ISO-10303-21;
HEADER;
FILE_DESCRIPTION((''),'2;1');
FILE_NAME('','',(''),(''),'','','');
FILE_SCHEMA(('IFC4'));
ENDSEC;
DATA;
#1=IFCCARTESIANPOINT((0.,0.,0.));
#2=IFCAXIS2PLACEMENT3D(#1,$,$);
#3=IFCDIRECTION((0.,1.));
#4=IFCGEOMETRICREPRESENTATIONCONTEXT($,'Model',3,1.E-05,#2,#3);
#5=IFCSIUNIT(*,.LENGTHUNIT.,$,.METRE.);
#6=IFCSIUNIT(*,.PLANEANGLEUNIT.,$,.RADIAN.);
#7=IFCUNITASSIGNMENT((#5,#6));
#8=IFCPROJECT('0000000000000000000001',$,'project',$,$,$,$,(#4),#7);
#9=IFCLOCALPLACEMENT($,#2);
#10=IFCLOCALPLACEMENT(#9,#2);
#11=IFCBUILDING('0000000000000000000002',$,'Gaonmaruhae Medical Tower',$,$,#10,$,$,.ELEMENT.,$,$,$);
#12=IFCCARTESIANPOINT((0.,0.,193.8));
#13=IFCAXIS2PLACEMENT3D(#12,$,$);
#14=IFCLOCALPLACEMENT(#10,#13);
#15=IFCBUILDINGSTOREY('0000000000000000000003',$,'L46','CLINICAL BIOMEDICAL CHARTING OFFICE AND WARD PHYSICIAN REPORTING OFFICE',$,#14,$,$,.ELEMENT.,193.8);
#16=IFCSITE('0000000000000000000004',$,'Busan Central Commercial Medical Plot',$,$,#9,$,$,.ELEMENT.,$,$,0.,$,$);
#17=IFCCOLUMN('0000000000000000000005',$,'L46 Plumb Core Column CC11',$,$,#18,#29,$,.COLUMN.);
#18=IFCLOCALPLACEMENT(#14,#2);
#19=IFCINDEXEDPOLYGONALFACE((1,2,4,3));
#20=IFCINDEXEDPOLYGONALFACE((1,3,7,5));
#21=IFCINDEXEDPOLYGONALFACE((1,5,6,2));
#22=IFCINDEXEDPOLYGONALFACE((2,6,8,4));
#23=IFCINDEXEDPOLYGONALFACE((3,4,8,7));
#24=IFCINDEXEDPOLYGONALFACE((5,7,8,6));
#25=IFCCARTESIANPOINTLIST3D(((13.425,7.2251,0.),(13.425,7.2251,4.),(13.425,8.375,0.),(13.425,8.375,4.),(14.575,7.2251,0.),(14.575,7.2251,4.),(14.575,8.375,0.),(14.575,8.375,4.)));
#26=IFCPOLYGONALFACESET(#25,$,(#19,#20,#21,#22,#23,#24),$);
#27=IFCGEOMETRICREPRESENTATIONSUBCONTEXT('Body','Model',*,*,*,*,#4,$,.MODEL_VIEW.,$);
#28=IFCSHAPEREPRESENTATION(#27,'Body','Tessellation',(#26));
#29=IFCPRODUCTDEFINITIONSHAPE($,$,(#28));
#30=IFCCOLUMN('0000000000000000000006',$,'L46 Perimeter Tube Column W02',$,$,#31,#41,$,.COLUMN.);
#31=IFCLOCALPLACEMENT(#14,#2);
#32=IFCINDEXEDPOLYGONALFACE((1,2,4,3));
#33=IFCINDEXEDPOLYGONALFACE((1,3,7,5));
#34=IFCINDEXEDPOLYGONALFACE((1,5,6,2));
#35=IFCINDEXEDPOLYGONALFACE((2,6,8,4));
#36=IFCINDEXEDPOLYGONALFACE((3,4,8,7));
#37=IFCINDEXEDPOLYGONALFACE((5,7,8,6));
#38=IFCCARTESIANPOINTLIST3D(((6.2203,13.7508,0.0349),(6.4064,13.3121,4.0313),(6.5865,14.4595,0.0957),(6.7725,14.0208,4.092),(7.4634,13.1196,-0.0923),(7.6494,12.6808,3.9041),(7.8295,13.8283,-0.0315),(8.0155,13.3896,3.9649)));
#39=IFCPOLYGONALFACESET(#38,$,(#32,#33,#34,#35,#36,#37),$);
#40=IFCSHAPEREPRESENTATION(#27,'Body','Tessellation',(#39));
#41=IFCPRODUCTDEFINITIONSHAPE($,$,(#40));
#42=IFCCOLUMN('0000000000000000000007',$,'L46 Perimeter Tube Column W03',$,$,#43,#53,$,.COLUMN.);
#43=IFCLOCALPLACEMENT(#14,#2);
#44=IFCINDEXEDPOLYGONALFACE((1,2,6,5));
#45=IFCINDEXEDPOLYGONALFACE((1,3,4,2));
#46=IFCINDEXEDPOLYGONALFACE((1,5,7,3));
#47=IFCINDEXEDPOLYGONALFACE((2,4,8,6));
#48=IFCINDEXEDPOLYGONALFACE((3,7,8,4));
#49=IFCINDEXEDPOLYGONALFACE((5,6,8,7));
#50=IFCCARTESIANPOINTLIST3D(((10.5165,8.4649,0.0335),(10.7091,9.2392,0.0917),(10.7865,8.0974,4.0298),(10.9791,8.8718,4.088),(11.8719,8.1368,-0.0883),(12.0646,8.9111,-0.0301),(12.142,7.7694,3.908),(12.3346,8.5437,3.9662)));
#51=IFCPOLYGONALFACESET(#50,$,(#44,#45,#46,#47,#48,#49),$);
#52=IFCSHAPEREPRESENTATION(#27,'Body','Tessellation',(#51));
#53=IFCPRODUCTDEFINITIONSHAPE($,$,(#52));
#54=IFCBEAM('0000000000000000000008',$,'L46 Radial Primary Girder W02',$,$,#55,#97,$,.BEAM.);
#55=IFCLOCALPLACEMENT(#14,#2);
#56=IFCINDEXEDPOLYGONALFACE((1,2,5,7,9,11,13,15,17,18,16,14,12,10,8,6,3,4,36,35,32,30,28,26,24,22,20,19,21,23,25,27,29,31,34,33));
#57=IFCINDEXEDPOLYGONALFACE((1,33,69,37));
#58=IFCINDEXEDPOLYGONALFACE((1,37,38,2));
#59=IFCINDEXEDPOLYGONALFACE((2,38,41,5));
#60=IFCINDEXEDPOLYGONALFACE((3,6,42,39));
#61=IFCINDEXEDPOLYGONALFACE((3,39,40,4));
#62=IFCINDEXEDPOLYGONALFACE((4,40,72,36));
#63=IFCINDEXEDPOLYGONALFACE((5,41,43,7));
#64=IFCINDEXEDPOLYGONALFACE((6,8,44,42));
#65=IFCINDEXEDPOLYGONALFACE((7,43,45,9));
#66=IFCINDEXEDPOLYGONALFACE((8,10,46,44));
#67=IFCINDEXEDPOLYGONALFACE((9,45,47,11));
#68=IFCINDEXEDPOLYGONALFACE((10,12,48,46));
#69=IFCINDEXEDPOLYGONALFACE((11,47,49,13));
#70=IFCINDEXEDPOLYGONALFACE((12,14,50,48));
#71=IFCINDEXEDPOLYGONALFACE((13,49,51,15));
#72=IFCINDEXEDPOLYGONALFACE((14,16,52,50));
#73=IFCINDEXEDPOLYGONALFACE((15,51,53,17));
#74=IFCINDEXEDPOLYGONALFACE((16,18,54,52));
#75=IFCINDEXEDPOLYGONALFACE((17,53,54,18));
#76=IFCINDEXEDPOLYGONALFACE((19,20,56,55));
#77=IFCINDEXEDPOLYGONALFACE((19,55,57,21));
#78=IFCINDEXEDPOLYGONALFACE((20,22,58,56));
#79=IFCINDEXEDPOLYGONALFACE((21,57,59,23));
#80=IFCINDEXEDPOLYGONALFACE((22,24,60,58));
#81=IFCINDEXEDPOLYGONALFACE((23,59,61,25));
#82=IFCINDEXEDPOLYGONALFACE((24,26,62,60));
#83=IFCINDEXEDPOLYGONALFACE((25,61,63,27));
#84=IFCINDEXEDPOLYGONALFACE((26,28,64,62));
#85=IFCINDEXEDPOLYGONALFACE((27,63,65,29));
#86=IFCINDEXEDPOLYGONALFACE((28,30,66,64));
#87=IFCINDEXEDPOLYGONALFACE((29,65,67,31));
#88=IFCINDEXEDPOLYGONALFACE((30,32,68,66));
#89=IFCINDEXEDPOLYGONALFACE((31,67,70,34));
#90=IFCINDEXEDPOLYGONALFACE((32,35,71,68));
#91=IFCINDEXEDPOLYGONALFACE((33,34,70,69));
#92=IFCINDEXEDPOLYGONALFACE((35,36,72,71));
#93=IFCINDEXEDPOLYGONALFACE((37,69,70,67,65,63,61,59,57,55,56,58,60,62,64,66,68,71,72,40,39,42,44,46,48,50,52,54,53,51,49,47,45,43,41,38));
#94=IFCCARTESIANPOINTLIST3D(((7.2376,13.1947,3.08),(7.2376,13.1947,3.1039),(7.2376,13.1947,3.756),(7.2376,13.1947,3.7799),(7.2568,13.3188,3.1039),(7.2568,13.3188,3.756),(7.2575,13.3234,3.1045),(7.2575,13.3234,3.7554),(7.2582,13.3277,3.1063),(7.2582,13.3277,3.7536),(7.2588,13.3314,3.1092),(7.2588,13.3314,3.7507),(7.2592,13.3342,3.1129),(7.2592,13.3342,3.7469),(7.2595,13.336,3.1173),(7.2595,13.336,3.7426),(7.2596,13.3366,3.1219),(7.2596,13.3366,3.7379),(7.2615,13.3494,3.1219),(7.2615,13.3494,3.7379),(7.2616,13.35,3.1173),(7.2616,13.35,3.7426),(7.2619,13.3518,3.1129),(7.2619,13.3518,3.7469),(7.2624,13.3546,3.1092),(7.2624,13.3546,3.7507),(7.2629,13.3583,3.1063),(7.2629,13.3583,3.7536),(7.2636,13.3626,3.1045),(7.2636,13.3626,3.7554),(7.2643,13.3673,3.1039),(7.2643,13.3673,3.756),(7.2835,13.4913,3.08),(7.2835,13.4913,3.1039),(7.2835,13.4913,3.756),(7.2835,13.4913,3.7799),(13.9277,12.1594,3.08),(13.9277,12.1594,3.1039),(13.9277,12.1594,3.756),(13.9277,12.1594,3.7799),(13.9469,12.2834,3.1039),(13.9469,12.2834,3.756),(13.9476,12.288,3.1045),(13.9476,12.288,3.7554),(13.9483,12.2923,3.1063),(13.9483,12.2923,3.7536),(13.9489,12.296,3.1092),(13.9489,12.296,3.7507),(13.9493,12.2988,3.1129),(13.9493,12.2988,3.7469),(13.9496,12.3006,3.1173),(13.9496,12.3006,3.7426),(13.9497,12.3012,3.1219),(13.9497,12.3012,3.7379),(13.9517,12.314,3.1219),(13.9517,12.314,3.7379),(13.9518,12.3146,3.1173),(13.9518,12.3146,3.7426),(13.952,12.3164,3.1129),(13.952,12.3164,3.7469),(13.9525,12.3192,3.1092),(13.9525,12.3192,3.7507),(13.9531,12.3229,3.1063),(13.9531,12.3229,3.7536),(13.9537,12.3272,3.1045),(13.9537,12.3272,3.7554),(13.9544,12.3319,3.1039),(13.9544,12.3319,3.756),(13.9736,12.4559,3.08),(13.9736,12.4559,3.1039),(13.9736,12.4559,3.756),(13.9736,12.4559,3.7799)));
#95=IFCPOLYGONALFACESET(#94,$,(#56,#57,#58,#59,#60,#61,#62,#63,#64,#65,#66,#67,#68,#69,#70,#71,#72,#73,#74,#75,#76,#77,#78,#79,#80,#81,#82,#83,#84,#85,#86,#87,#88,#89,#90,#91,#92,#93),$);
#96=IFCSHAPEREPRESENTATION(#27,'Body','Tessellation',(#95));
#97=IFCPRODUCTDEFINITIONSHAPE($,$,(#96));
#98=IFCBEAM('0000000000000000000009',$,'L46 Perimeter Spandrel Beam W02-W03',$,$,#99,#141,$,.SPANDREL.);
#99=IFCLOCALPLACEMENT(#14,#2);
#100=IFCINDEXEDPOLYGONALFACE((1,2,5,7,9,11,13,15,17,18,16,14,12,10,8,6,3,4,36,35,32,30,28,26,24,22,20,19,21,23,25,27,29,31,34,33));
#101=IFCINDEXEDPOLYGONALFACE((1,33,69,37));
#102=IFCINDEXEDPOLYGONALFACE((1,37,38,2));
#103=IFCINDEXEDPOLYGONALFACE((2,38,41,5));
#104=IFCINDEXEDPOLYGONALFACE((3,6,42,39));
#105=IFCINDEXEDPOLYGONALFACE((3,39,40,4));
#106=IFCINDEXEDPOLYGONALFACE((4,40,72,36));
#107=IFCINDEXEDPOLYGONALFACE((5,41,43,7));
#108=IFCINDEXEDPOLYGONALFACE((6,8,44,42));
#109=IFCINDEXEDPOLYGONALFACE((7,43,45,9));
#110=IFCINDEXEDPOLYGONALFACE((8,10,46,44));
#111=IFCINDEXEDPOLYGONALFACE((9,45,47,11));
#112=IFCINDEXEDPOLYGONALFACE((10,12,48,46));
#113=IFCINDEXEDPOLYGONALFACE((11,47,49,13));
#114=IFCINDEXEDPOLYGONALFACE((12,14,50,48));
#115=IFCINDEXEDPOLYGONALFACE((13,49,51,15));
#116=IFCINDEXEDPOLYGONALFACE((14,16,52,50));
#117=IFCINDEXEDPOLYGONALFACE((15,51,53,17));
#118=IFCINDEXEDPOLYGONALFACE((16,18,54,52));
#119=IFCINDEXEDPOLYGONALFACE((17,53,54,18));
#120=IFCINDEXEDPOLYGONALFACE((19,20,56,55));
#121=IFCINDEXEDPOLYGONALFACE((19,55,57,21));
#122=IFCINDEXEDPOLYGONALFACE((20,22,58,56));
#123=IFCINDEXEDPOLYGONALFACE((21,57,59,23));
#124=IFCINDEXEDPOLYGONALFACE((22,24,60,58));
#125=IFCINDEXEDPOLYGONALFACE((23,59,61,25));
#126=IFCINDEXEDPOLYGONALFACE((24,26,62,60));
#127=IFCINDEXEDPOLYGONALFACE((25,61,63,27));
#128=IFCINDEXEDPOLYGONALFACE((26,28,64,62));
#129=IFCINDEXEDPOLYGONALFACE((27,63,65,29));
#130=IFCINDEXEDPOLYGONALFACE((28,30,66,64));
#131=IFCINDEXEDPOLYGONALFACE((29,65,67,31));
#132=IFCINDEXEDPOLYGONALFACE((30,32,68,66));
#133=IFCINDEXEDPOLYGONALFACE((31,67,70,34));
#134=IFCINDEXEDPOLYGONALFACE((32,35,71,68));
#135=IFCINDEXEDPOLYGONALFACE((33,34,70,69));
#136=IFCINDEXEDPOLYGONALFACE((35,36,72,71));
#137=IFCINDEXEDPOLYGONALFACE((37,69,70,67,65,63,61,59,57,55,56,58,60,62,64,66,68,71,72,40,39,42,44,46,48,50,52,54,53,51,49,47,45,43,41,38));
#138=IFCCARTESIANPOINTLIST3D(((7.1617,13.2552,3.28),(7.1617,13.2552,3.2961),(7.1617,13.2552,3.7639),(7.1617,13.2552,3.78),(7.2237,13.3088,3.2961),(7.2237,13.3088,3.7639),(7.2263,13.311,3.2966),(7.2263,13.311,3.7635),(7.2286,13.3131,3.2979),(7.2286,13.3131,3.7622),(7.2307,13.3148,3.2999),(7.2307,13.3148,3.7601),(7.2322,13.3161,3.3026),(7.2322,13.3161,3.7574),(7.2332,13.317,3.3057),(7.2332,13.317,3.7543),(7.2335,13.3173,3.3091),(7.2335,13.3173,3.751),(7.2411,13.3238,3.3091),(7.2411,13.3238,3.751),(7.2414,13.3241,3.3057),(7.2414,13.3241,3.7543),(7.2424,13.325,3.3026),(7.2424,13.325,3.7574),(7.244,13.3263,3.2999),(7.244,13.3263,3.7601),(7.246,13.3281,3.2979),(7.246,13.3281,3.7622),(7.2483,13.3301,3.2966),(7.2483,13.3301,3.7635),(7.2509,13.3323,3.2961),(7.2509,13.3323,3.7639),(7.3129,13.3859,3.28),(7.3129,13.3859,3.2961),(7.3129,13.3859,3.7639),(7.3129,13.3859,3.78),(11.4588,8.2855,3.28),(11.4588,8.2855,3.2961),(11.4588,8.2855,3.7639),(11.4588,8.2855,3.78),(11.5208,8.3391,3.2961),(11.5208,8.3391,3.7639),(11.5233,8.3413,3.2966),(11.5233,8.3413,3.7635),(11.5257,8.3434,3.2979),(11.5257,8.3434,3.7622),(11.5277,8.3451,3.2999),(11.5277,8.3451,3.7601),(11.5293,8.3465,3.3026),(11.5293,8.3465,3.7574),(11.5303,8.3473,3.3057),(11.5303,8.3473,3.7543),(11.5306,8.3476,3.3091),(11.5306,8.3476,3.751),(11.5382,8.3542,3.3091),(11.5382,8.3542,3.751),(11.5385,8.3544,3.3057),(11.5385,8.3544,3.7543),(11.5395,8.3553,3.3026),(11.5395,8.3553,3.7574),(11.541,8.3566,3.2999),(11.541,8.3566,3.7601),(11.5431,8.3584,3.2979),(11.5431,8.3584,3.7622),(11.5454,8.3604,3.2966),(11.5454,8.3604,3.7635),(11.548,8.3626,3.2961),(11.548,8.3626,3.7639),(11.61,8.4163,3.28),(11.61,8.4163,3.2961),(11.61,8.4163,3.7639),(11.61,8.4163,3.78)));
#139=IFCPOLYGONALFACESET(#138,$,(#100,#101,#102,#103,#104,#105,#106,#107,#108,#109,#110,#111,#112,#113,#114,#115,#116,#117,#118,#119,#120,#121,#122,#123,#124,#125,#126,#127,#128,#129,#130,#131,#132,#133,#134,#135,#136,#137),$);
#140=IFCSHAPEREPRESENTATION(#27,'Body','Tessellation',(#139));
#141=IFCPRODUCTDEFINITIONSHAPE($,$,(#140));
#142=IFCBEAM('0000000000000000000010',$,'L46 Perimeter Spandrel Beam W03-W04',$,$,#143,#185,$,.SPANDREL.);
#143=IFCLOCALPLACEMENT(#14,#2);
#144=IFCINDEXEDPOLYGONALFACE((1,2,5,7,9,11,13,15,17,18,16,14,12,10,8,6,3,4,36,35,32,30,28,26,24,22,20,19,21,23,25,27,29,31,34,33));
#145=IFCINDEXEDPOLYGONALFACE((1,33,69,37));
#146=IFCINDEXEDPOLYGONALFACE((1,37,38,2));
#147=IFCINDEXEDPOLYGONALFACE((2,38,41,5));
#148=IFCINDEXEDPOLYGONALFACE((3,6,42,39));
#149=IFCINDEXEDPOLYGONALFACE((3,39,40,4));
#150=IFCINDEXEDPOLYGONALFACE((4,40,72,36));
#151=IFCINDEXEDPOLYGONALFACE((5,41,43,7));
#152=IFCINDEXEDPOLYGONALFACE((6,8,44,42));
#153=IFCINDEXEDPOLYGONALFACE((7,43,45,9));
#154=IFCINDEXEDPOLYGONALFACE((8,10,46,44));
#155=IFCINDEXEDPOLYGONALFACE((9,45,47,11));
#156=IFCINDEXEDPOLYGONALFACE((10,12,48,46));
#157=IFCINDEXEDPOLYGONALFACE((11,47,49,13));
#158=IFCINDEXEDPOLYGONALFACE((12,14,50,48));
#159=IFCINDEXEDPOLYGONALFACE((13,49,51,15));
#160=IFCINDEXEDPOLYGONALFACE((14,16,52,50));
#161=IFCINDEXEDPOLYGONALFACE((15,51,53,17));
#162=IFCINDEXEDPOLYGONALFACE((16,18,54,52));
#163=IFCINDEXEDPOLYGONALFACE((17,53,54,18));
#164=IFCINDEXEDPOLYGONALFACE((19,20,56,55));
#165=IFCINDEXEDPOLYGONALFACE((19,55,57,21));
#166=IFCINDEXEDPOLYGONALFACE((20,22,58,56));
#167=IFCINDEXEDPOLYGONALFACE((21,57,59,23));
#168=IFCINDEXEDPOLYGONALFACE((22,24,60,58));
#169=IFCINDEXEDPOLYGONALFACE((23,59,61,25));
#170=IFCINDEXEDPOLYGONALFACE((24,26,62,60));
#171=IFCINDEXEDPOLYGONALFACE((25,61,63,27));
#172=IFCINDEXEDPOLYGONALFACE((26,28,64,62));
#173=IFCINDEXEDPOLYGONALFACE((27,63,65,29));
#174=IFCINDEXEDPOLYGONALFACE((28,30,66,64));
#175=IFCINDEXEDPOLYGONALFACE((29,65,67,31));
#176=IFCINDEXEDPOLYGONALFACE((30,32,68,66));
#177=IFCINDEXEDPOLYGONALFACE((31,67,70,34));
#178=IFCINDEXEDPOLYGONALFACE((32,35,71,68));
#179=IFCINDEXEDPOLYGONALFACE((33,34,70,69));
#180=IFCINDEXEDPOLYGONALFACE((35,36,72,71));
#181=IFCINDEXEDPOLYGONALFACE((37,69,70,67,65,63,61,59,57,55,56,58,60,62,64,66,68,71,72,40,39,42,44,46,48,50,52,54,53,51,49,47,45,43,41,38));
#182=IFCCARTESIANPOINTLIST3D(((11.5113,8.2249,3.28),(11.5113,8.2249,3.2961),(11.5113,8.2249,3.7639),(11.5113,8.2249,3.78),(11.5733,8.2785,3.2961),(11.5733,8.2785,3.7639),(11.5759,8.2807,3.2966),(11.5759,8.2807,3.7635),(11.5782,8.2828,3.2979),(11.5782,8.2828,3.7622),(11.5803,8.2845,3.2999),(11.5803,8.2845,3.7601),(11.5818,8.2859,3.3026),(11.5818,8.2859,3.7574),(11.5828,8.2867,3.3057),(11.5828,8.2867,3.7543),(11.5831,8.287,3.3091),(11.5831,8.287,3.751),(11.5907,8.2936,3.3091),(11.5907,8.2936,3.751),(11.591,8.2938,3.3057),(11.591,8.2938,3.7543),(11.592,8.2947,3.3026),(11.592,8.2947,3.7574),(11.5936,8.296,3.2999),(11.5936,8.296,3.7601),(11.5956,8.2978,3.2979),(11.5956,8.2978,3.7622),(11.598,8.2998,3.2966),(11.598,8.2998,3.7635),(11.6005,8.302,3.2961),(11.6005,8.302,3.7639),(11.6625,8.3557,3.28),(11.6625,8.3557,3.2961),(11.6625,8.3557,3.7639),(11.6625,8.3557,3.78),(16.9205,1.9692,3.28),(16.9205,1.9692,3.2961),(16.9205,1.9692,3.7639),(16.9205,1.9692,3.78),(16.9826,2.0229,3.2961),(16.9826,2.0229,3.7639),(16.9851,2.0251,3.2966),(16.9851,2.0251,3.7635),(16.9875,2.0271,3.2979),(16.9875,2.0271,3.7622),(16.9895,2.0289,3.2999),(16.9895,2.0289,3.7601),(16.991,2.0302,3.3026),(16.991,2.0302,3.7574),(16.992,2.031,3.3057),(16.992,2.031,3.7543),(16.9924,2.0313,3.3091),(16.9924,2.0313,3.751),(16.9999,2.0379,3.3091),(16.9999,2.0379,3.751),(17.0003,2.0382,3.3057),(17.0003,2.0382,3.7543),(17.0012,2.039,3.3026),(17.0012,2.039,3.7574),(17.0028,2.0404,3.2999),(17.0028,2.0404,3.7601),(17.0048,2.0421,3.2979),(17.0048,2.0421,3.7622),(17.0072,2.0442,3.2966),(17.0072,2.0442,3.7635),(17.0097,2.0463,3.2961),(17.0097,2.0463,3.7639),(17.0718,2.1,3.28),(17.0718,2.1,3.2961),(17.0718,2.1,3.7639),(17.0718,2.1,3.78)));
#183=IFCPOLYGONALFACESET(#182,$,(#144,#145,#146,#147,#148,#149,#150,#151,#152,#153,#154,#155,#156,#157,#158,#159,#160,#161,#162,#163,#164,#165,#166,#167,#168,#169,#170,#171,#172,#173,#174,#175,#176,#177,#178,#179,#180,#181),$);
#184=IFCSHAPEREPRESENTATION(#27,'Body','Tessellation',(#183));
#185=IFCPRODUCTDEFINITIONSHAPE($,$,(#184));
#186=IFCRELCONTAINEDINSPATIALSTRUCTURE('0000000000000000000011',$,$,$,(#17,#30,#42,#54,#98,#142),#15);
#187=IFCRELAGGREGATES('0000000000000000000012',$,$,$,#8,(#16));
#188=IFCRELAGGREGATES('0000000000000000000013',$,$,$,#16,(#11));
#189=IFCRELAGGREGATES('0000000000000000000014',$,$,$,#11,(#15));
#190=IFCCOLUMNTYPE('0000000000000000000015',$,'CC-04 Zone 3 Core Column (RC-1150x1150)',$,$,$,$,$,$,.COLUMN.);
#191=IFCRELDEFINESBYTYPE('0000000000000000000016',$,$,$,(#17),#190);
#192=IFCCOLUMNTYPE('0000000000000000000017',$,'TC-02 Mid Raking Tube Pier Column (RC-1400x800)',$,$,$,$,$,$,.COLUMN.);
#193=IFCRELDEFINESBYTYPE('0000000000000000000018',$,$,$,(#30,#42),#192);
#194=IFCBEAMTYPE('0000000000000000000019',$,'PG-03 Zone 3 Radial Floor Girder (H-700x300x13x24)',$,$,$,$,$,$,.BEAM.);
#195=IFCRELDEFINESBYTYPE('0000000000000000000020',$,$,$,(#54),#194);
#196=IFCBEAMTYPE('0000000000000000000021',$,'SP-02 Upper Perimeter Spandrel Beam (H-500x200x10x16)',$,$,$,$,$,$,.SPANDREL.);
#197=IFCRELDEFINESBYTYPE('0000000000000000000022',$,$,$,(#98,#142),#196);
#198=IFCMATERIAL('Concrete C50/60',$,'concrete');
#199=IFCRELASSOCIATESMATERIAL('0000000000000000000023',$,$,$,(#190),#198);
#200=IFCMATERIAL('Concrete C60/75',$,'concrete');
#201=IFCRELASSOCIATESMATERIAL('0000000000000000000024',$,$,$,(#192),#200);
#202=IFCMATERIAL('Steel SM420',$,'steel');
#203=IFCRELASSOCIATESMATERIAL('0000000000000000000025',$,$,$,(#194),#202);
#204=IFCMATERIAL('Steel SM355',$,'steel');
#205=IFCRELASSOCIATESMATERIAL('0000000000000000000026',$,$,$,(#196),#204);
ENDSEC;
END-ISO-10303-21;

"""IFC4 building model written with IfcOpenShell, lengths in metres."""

from ifc_helpers import new_model, si_unit, direction, frame, origin, origin_2d, place, context, subcontext, project, spatial, rectangle, i_section, extrude, material, material_profile, profile_set, type_object, element, save


model = new_model("IFC4")

# Units and contexts
model_context = context("Model", 3, precision=1e-05, world=origin(), true_north=direction((0.0, 1.0)))
body_context = subcontext(model_context, "Body", "Model", "MODEL_VIEW")
ifc_project = project(units=[si_unit("LENGTHUNIT", "METRE"), si_unit("PLANEANGLEUNIT", "RADIAN")], contexts=[model_context])

# Site, building, storey
site_placement = place(None, origin())
site = spatial("IfcSite", under=ifc_project, at=site_placement, Name="Busan Central Commercial Medical Plot", CompositionType="ELEMENT", RefElevation=0.0)
building_placement = place(site_placement, origin())
building = spatial("IfcBuilding", under=site, at=building_placement, Name="Gaonmaruhae Medical Tower", CompositionType="ELEMENT")
storey_placement = place(building_placement, frame((0.0, 0.0, 193.8)))
storey = spatial("IfcBuildingStorey", under=building, at=storey_placement, Name="L46", Description="CLINICAL BIOMEDICAL CHARTING OFFICE AND WARD PHYSICIAN REPORTING OFFICE", CompositionType="ELEMENT", Elevation=193.8)

# Columns
ifc_material_1 = material(Name="Concrete C50/60", Category="concrete")
ifc_material_profile_1 = material_profile(ifc_material_1, rectangle(XDim=1.1499, YDim=1.1499, at=origin_2d()), Name="RC-1150x1150")
ifc_profile_set_1 = profile_set([ifc_material_profile_1], Name="Concrete C50/60")
column_type_1 = type_object("IfcColumnType", Name="CC-04 Zone 3 Core Column (RC-1150x1150)", PredefinedType="COLUMN", material=ifc_profile_set_1)
column_1_placement = place(storey_placement, frame((14.0, 7.8, 0.0), z_axis=(0.0, 0.0, 1.0), x_axis=(1.0, 0.0, 0.0)))
element("IfcColumn", 1, at=column_1_placement, inside=storey, type_object=column_type_1, Name="L46 Plumb Core Column CC11", PredefinedType="COLUMN", context=body_context, shape_type="SweptSolid", body=[
    extrude(rectangle(XDim=1.1499, YDim=1.1499, at=origin_2d()), origin(), (0.0, 0.0, 1.0), 4.0),
])
ifc_material_2 = material(Name="Concrete C60/75", Category="concrete")
ifc_material_profile_2 = material_profile(ifc_material_2, rectangle(XDim=1.3999, YDim=0.8, at=origin_2d()), Name="RC-1400x800")
ifc_profile_set_2 = profile_set([ifc_material_profile_2], Name="Concrete C60/75")
column_type_2 = type_object("IfcColumnType", Name="TC-02 Mid Raking Tube Pier Column (RC-1400x800)", PredefinedType="COLUMN", material=ifc_profile_set_2)
column_2_placement = place(storey_placement, frame((7.0249, 13.7896, 0.0017), z_axis=(0.046224, -0.109008, 0.992966), x_axis=(-0.887938, 0.450904, 0.090835)))
element("IfcColumn", 2, at=column_2_placement, inside=storey, type_object=column_type_2, Name="L46 Perimeter Tube Column W02", PredefinedType="COLUMN", context=body_context, shape_type="SweptSolid", body=[
    extrude(rectangle(XDim=1.3999, YDim=0.8, at=origin_2d()), origin(), (0.0, 0.0, 1.0), 4.0247),
])
column_3_placement = place(storey_placement, frame((11.2905, 8.688, 0.0017), z_axis=(0.067131, -0.091349, 0.993554), x_axis=(-0.968254, 0.234352, 0.086969)))
element("IfcColumn", 3, at=column_3_placement, inside=storey, type_object=column_type_2, Name="L46 Perimeter Tube Column W03", PredefinedType="COLUMN", context=body_context, shape_type="SweptSolid", body=[
    extrude(rectangle(XDim=1.3999, YDim=0.8, at=origin_2d()), origin(), (0.0, 0.0, 1.0), 4.0222),
])

# Beams
ifc_material_3 = material(Name="Steel SM420", Category="steel")
ifc_material_profile_3 = material_profile(ifc_material_3, i_section(OverallWidth=0.3, OverallDepth=0.7, WebThickness=0.0129, FlangeThickness=0.0239, FilletRadius=0.0181, at=origin_2d()), Name="H-700x300x13x24")
ifc_profile_set_3 = profile_set([ifc_material_profile_3], Name="Steel SM420")
beam_type_1 = type_object("IfcBeamType", Name="PG-03 Zone 3 Radial Floor Girder (H-700x300x13x24)", PredefinedType="BEAM", material=ifc_profile_set_3)
beam_1_placement = place(storey_placement, frame((13.9507, 12.3076, 3.4299), z_axis=(-0.988235, 0.152943, 0.0), x_axis=(-0.152943, -0.988235, 0.0)))
element("IfcBeam", 4, at=beam_1_placement, inside=storey, type_object=beam_type_1, Name="L46 Radial Primary Girder W02", PredefinedType="BEAM", context=body_context, shape_type="SweptSolid", body=[
    extrude(i_section(OverallWidth=0.3, OverallDepth=0.7, WebThickness=0.0129, FlangeThickness=0.0239, FilletRadius=0.0181, at=origin_2d()), origin(), (0.0, 0.0, 1.0), 6.7698),
])
ifc_material_4 = material(Name="Steel SM355", Category="steel")
ifc_material_profile_4 = material_profile(ifc_material_4, i_section(OverallWidth=0.2, OverallDepth=0.5, WebThickness=0.01, FlangeThickness=0.0161, FilletRadius=0.0129, at=origin_2d()), Name="H-500x200x10x16")
ifc_profile_set_4 = profile_set([ifc_material_profile_4], Name="Steel SM355")
beam_type_2 = type_object("IfcBeamType", Name="SP-02 Upper Perimeter Spandrel Beam (H-500x200x10x16)", PredefinedType="SPANDREL", material=ifc_profile_set_4)
beam_2_placement = place(storey_placement, frame((7.2373, 13.3206, 3.53), z_axis=(0.654063, -0.75644, 0.0), x_axis=(0.75644, 0.654063, 0.0)))
element("IfcBeam", 5, at=beam_2_placement, inside=storey, type_object=beam_type_2, Name="L46 Perimeter Spandrel Beam W02-W03", PredefinedType="SPANDREL", context=body_context, shape_type="SweptSolid", body=[
    extrude(i_section(OverallWidth=0.2, OverallDepth=0.5, WebThickness=0.01, FlangeThickness=0.0161, FilletRadius=0.0129, at=origin_2d()), origin(), (0.0, 0.0, 1.0), 6.5698),
])
beam_3_placement = place(storey_placement, frame((11.5869, 8.2903, 3.53), z_axis=(0.654077, -0.756428, 0.0), x_axis=(0.756428, 0.654077, 0.0)))
element("IfcBeam", 6, at=beam_3_placement, inside=storey, type_object=beam_type_2, Name="L46 Perimeter Spandrel Beam W03-W04", PredefinedType="SPANDREL", context=body_context, shape_type="SweptSolid", body=[
    extrude(i_section(OverallWidth=0.2, OverallDepth=0.5, WebThickness=0.01, FlangeThickness=0.0161, FilletRadius=0.0129, at=origin_2d()), origin(), (0.0, 0.0, 1.0), 8.27),
])

save(model, "model.ifc")
